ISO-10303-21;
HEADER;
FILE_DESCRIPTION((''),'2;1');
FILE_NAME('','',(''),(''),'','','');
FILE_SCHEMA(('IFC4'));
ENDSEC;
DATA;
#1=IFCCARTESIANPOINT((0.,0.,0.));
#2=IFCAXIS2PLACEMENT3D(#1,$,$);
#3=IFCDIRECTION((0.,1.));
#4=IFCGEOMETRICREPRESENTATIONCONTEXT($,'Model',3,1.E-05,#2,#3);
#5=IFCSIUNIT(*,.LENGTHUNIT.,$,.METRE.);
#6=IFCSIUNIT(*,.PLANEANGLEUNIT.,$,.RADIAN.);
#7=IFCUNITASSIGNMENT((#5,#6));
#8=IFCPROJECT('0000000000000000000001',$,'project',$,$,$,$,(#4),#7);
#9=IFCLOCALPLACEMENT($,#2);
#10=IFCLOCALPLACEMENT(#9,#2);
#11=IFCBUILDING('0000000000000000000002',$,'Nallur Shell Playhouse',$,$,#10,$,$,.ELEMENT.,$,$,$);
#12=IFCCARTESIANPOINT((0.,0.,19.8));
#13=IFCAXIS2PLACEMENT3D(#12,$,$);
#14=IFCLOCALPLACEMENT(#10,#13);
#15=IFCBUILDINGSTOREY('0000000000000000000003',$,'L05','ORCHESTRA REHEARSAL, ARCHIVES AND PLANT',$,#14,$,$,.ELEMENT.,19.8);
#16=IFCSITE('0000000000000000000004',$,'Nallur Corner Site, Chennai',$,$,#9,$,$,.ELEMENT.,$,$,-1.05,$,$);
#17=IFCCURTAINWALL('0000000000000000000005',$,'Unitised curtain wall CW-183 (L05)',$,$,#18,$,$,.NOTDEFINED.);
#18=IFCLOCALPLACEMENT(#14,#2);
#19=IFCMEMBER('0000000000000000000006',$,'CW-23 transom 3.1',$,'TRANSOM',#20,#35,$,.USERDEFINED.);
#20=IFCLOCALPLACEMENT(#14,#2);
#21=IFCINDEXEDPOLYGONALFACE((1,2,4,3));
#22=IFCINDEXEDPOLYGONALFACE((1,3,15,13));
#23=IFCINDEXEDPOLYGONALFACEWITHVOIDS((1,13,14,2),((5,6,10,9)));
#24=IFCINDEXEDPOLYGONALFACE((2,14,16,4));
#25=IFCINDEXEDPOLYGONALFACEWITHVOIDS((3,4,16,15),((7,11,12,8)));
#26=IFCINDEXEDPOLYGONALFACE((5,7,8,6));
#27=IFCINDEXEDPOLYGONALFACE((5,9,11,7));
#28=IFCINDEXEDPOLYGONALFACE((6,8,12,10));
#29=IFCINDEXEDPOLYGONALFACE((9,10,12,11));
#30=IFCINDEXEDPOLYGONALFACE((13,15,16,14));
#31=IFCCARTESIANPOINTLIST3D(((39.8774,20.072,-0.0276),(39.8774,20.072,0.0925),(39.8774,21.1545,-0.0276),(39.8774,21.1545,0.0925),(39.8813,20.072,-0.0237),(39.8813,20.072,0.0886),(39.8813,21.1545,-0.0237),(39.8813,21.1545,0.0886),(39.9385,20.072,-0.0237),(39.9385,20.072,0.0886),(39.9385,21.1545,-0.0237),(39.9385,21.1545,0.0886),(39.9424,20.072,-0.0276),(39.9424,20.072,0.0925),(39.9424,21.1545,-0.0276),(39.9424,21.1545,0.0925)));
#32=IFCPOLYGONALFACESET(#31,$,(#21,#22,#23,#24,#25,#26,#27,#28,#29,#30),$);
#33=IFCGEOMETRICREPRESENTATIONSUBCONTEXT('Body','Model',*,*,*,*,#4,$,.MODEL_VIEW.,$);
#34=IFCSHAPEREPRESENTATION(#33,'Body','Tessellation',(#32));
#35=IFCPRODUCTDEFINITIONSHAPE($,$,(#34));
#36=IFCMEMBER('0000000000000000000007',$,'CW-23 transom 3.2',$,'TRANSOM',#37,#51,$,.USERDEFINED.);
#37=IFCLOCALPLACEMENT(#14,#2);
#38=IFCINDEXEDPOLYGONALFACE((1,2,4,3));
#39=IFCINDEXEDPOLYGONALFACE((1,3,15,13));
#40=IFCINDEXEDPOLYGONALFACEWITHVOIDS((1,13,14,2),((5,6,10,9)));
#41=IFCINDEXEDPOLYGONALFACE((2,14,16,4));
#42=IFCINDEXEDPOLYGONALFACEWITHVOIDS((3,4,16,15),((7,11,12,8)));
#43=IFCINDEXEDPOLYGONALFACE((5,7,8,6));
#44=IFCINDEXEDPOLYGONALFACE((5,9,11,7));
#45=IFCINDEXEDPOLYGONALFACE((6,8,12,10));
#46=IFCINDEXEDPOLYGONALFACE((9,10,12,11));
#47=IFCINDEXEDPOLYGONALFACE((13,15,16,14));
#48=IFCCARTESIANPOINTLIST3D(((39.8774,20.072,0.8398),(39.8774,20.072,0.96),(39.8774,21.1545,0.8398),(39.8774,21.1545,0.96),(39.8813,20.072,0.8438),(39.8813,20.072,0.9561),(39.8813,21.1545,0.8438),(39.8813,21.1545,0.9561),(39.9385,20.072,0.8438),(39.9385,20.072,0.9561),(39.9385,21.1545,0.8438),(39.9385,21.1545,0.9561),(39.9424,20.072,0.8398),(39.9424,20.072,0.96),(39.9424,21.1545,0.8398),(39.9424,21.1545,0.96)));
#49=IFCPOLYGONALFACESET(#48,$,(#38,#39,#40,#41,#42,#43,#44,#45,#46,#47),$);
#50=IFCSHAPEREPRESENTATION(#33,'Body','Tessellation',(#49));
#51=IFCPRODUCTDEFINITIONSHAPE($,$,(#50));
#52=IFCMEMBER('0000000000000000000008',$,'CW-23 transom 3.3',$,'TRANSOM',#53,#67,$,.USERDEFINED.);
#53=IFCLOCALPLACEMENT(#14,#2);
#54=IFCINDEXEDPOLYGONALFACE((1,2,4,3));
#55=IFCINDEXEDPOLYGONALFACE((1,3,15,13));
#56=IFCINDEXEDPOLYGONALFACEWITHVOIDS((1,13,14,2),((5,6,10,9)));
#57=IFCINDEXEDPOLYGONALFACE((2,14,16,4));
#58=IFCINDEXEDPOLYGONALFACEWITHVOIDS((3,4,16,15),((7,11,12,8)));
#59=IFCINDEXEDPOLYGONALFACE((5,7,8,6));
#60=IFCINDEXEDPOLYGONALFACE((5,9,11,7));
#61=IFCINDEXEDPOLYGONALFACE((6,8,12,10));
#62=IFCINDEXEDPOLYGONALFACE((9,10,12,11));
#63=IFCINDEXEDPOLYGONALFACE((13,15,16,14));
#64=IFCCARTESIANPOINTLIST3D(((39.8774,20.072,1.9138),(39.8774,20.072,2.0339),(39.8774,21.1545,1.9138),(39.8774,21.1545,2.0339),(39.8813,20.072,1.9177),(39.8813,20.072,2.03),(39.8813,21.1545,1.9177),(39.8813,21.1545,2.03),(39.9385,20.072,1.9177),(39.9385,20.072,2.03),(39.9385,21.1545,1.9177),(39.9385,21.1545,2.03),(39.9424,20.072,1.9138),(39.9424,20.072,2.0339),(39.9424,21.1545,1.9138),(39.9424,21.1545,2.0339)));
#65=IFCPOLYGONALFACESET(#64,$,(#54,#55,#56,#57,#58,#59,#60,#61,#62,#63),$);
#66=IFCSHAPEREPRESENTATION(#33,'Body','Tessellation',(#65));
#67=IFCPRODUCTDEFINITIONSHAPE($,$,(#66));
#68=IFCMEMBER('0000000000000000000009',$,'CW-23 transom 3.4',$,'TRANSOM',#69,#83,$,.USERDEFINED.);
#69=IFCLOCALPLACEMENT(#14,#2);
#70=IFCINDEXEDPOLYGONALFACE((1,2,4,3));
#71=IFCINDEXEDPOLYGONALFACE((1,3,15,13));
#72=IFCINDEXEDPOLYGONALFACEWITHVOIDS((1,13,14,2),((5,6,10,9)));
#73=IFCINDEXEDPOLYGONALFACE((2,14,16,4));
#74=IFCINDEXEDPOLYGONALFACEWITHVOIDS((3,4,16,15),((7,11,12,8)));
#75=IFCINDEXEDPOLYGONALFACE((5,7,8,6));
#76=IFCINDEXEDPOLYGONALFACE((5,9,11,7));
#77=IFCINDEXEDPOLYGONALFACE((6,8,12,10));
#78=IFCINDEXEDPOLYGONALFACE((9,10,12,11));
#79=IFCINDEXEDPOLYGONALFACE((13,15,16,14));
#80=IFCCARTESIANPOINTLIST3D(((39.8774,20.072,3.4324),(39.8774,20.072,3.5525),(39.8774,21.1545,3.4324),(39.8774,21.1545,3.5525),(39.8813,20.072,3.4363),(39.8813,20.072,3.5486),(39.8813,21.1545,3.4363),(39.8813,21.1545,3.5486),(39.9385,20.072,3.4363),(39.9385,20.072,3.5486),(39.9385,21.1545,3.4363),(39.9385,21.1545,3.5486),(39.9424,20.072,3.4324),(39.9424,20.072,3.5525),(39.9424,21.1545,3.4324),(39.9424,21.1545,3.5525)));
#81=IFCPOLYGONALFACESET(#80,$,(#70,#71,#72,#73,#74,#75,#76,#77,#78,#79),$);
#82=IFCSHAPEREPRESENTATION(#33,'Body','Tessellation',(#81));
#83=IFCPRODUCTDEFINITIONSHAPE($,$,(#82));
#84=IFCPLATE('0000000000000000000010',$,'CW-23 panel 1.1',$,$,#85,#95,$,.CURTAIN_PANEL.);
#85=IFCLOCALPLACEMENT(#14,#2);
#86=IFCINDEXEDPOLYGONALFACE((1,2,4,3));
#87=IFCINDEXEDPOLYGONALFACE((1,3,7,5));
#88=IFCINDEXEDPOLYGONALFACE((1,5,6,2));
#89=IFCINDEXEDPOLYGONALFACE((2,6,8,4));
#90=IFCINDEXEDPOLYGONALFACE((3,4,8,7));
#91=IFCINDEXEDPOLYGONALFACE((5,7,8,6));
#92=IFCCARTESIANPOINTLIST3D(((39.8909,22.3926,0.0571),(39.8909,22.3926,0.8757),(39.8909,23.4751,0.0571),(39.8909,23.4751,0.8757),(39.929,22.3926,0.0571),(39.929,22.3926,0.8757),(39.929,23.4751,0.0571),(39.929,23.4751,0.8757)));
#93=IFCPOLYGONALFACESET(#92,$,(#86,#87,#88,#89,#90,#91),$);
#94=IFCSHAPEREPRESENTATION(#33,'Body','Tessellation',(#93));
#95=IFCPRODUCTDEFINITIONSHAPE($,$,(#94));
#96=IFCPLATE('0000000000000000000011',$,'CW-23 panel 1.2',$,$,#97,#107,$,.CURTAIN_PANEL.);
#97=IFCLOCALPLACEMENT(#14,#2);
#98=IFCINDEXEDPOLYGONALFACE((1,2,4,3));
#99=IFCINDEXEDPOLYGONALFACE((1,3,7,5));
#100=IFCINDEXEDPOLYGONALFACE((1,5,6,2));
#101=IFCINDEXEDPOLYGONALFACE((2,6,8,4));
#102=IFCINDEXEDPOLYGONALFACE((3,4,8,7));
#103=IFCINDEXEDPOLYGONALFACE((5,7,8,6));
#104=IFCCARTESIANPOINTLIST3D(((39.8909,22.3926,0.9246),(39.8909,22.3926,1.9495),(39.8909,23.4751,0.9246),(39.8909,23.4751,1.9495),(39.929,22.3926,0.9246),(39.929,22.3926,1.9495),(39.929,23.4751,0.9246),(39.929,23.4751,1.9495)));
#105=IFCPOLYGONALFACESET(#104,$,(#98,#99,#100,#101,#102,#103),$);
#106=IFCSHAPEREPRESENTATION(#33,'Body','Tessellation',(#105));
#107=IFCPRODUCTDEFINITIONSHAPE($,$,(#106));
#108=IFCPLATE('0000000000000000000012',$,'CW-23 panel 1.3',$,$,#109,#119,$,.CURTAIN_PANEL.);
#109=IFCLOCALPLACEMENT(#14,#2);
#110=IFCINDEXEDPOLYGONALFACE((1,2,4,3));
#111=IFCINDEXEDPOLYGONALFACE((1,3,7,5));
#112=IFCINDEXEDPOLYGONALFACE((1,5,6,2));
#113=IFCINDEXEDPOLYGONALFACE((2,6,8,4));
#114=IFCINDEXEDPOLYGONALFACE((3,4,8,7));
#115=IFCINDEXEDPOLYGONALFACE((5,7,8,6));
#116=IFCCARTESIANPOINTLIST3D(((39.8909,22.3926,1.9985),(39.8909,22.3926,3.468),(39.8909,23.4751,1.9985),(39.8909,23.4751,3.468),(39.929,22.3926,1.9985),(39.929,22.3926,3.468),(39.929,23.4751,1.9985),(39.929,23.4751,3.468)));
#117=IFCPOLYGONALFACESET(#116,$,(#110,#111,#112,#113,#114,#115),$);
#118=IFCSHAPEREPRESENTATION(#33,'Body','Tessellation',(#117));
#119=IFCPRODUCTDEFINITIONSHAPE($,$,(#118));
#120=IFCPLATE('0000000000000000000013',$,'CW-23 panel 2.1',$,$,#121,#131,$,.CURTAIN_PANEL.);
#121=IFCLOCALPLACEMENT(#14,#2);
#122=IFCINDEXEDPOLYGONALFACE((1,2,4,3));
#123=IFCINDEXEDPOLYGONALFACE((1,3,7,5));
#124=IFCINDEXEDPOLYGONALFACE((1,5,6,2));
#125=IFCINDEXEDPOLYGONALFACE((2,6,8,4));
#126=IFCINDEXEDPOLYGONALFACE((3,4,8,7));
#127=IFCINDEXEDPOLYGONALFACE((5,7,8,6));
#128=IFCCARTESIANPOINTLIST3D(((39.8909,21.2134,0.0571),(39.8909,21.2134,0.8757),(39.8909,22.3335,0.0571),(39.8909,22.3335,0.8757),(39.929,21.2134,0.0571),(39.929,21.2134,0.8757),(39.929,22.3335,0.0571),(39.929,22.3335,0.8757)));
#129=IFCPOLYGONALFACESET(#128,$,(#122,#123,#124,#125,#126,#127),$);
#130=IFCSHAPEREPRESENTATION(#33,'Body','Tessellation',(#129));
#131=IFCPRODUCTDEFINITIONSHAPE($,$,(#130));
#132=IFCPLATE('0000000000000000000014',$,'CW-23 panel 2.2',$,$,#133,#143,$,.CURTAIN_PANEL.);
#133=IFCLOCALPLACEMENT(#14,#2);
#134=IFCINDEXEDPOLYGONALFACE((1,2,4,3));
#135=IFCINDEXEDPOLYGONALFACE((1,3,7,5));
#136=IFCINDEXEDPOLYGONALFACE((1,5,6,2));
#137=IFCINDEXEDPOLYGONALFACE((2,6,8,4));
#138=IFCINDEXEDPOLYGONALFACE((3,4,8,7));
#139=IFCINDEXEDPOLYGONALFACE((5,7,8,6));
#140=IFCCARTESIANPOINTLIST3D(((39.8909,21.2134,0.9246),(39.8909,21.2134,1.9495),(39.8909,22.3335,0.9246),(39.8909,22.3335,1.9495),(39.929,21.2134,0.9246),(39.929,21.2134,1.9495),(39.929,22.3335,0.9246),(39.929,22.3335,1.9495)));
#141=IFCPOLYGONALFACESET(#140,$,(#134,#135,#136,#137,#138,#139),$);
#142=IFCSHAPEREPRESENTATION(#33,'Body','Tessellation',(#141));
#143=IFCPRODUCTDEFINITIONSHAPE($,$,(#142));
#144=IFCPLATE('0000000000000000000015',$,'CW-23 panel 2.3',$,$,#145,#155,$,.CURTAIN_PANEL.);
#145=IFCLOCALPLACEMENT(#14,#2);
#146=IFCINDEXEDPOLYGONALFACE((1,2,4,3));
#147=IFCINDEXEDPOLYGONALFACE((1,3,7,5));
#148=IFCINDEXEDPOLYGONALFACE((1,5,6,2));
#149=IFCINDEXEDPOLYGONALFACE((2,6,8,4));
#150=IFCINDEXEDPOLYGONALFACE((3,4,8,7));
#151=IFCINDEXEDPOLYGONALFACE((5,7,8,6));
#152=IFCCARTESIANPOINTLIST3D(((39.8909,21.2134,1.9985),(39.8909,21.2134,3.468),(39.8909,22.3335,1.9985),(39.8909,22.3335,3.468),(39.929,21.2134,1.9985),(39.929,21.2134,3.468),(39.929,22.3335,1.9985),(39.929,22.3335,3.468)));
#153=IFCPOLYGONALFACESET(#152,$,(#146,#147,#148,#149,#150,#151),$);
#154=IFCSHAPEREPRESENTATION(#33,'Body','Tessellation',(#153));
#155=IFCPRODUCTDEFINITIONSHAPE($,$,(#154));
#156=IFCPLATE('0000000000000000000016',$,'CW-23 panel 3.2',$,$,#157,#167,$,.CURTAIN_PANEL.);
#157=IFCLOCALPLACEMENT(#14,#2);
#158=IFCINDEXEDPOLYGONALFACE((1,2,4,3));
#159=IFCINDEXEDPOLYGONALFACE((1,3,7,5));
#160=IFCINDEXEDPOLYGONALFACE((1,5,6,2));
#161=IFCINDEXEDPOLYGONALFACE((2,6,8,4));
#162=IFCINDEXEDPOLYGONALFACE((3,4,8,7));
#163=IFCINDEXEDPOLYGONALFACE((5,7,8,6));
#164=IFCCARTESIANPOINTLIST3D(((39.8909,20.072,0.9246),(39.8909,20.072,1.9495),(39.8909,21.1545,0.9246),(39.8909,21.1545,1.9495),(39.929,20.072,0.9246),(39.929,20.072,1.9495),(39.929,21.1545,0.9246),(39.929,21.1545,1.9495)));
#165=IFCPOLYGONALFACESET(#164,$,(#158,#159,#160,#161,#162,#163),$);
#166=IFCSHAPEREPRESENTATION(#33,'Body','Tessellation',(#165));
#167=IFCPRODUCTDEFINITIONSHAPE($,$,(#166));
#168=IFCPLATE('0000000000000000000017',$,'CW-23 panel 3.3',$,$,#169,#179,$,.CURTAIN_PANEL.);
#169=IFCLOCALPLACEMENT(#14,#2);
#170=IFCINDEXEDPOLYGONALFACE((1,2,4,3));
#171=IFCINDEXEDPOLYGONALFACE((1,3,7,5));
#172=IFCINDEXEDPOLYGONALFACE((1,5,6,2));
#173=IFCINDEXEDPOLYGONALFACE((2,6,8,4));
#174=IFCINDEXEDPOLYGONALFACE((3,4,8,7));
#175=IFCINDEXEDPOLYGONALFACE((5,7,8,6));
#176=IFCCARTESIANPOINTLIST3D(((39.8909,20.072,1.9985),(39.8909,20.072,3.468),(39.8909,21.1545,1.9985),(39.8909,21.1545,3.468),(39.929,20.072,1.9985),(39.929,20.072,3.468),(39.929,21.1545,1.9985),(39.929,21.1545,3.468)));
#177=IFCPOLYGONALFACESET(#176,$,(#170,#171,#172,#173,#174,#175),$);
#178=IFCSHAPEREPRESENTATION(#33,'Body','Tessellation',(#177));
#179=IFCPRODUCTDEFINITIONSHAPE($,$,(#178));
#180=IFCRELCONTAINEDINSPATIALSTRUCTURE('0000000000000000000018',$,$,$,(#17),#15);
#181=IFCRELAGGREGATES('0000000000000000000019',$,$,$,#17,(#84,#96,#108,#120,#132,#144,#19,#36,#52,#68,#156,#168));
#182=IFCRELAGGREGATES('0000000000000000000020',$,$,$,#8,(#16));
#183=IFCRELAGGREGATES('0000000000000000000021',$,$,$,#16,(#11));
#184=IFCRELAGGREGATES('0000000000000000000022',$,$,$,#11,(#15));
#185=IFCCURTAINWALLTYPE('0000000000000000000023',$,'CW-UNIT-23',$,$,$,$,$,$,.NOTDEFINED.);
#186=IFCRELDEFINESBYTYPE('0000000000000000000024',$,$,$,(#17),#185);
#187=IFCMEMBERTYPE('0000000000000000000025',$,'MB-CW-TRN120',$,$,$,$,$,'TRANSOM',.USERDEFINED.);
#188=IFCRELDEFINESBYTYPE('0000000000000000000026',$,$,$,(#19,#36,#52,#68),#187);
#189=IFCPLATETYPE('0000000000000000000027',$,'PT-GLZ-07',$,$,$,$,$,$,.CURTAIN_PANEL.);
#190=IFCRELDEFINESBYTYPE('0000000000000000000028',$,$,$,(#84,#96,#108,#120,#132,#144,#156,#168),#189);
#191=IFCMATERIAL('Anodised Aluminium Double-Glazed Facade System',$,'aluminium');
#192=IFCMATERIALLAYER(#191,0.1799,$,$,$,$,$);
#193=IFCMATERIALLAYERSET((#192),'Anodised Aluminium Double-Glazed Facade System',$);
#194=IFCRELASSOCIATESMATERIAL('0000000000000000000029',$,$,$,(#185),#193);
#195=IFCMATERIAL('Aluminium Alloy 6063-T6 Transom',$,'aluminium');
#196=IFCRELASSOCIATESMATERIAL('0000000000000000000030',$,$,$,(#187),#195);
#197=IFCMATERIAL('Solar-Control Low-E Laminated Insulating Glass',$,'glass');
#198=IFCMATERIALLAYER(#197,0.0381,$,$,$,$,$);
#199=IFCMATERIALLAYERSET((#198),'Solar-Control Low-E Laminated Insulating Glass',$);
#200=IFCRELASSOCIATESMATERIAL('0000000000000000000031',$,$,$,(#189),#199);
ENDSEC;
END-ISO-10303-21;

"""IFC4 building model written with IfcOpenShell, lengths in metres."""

from ifc_helpers import new_model, si_unit, direction, frame, origin, origin_2d, place, context, subcontext, project, spatial, rectangle, hollow_rectangle, extrude, material, layer, layer_set, material_profile, profile_set, type_object, element, aggregate, save


model = new_model("IFC4")

# Units and contexts
model_context = context("Model", 3, precision=1e-05, world=origin(), true_north=direction((0.0, 1.0)))
body_context = subcontext(model_context, "Body", "Model", "MODEL_VIEW")
ifc_project = project(units=[si_unit("LENGTHUNIT", "METRE"), si_unit("PLANEANGLEUNIT", "RADIAN")], contexts=[model_context])

# Site, building, storey
site_placement = place(None, origin())
site = spatial("IfcSite", under=ifc_project, at=site_placement, Name="Nallur Corner Site, Chennai", CompositionType="ELEMENT", RefElevation=-1.05)
building_placement = place(site_placement, origin())
building = spatial("IfcBuilding", under=site, at=building_placement, Name="Nallur Shell Playhouse", CompositionType="ELEMENT")
storey_placement = place(building_placement, frame((0.0, 0.0, 19.8)))
storey = spatial("IfcBuildingStorey", under=building, at=storey_placement, Name="L05", Description="ORCHESTRA REHEARSAL, ARCHIVES AND PLANT", CompositionType="ELEMENT", Elevation=19.8)

# Curtain wall, members, plates
ifc_material_1 = material(Name="Anodised Aluminium Double-Glazed Facade System", Category="aluminium")
ifc_layer_1 = layer(ifc_material_1, 0.1799)
ifc_layer_set_1 = layer_set([ifc_layer_1], Name="Anodised Aluminium Double-Glazed Facade System")
curtain_wall_type = type_object("IfcCurtainWallType", Name="CW-UNIT-23", PredefinedType="NOTDEFINED", material=ifc_layer_set_1)
curtain_wall_placement = place(storey_placement, origin())
curtain_wall = element("IfcCurtainWall", 1, at=curtain_wall_placement, inside=storey, type_object=curtain_wall_type, Name="Unitised curtain wall CW-183 (L05)", PredefinedType="NOTDEFINED")
ifc_material_2 = material(Name="Aluminium Alloy 6063-T6 Transom", Category="aluminium")
ifc_material_profile_1 = material_profile(ifc_material_2, hollow_rectangle(XDim=0.0649, YDim=0.1201, WallThickness=0.0039, at=origin_2d()), Name="ALU 65x120x4")
ifc_profile_set_1 = profile_set([ifc_material_profile_1], Name="Aluminium Alloy 6063-T6 Transom")
member_type_1 = type_object("IfcMemberType", Name="MB-CW-TRN120", ElementType="TRANSOM", PredefinedType="USERDEFINED", material=ifc_profile_set_1)
member_1_placement = place(storey_placement, frame((39.9099, 21.1545, 0.0325), z_axis=(0.0, -1.0, 0.0), x_axis=(1.0, 0.0, 0.0)))
member_1 = element("IfcMember", 2, at=member_1_placement, type_object=member_type_1, Name="CW-23 transom 3.1", ObjectType="TRANSOM", PredefinedType="USERDEFINED", context=body_context, shape_type="SweptSolid", body=[
    extrude(hollow_rectangle(XDim=0.0649, YDim=0.1201, WallThickness=0.0039, at=origin_2d()), origin(), (0.0, 0.0, 1.0), 1.0825),
])
member_2_placement = place(storey_placement, frame((39.9099, 21.1545, 0.8999), z_axis=(0.0, -1.0, 0.0), x_axis=(1.0, 0.0, 0.0)))
member_2 = element("IfcMember", 3, at=member_2_placement, type_object=member_type_1, Name="CW-23 transom 3.2", ObjectType="TRANSOM", PredefinedType="USERDEFINED", context=body_context, shape_type="SweptSolid", body=[
    extrude(hollow_rectangle(XDim=0.0649, YDim=0.1201, WallThickness=0.0039, at=origin_2d()), origin(), (0.0, 0.0, 1.0), 1.0825),
])
member_3_placement = place(storey_placement, frame((39.9099, 21.1545, 1.9739), z_axis=(0.0, -1.0, 0.0), x_axis=(1.0, 0.0, 0.0)))
member_3 = element("IfcMember", 4, at=member_3_placement, type_object=member_type_1, Name="CW-23 transom 3.3", ObjectType="TRANSOM", PredefinedType="USERDEFINED", context=body_context, shape_type="SweptSolid", body=[
    extrude(hollow_rectangle(XDim=0.0649, YDim=0.1201, WallThickness=0.0039, at=origin_2d()), origin(), (0.0, 0.0, 1.0), 1.0825),
])
member_4_placement = place(storey_placement, frame((39.9099, 21.1545, 3.4924), z_axis=(0.0, -1.0, 0.0), x_axis=(1.0, 0.0, 0.0)))
member_4 = element("IfcMember", 5, at=member_4_placement, type_object=member_type_1, Name="CW-23 transom 3.4", ObjectType="TRANSOM", PredefinedType="USERDEFINED", context=body_context, shape_type="SweptSolid", body=[
    extrude(hollow_rectangle(XDim=0.0649, YDim=0.1201, WallThickness=0.0039, at=origin_2d()), origin(), (0.0, 0.0, 1.0), 1.0825),
])
ifc_material_3 = material(Name="Solar-Control Low-E Laminated Insulating Glass", Category="glass")
ifc_layer_2 = layer(ifc_material_3, 0.0381)
ifc_layer_set_2 = layer_set([ifc_layer_2], Name="Solar-Control Low-E Laminated Insulating Glass")
plate_type = type_object("IfcPlateType", Name="PT-GLZ-07", PredefinedType="CURTAIN_PANEL", material=ifc_layer_set_2)
plate_1_placement = place(storey_placement, frame((39.9099, 22.9338, 0.0571), z_axis=(0.0, 0.0, 1.0), x_axis=(0.0, -1.0, 0.0)))
plate_1 = element("IfcPlate", 6, at=plate_1_placement, type_object=plate_type, Name="CW-23 panel 1.1", PredefinedType="CURTAIN_PANEL", context=body_context, shape_type="SweptSolid", body=[
    extrude(rectangle(XDim=1.0825, YDim=0.0381, at=origin_2d()), origin(), (0.0, 0.0, 1.0), 0.8186),
])
plate_2_placement = place(storey_placement, frame((39.9099, 22.9338, 0.9246), z_axis=(0.0, 0.0, 1.0), x_axis=(0.0, -1.0, 0.0)))
plate_2 = element("IfcPlate", 7, at=plate_2_placement, type_object=plate_type, Name="CW-23 panel 1.2", PredefinedType="CURTAIN_PANEL", context=body_context, shape_type="SweptSolid", body=[
    extrude(rectangle(XDim=1.0825, YDim=0.0381, at=origin_2d()), origin(), (0.0, 0.0, 1.0), 1.0249),
])
plate_3_placement = place(storey_placement, frame((39.9099, 22.9338, 1.9985), z_axis=(0.0, 0.0, 1.0), x_axis=(0.0, -1.0, 0.0)))
plate_3 = element("IfcPlate", 8, at=plate_3_placement, type_object=plate_type, Name="CW-23 panel 1.3", PredefinedType="CURTAIN_PANEL", context=body_context, shape_type="SweptSolid", body=[
    extrude(rectangle(XDim=1.0825, YDim=0.0381, at=origin_2d()), origin(), (0.0, 0.0, 1.0), 1.4695),
])
plate_4_placement = place(storey_placement, frame((39.9099, 21.7734, 0.0571), z_axis=(0.0, 0.0, 1.0), x_axis=(0.0, -1.0, 0.0)))
plate_4 = element("IfcPlate", 9, at=plate_4_placement, type_object=plate_type, Name="CW-23 panel 2.1", PredefinedType="CURTAIN_PANEL", context=body_context, shape_type="SweptSolid", body=[
    extrude(rectangle(XDim=1.1201, YDim=0.0381, at=origin_2d()), origin(), (0.0, 0.0, 1.0), 0.8186),
])
plate_5_placement = place(storey_placement, frame((39.9099, 21.7734, 0.9246), z_axis=(0.0, 0.0, 1.0), x_axis=(0.0, -1.0, 0.0)))
plate_5 = element("IfcPlate", 10, at=plate_5_placement, type_object=plate_type, Name="CW-23 panel 2.2", PredefinedType="CURTAIN_PANEL", context=body_context, shape_type="SweptSolid", body=[
    extrude(rectangle(XDim=1.1201, YDim=0.0381, at=origin_2d()), origin(), (0.0, 0.0, 1.0), 1.0249),
])
plate_6_placement = place(storey_placement, frame((39.9099, 21.7734, 1.9985), z_axis=(0.0, 0.0, 1.0), x_axis=(0.0, -1.0, 0.0)))
plate_6 = element("IfcPlate", 11, at=plate_6_placement, type_object=plate_type, Name="CW-23 panel 2.3", PredefinedType="CURTAIN_PANEL", context=body_context, shape_type="SweptSolid", body=[
    extrude(rectangle(XDim=1.1201, YDim=0.0381, at=origin_2d()), origin(), (0.0, 0.0, 1.0), 1.4695),
])
plate_7_placement = place(storey_placement, frame((39.9099, 20.6133, 0.9246), z_axis=(0.0, 0.0, 1.0), x_axis=(0.0, -1.0, 0.0)))
plate_7 = element("IfcPlate", 12, at=plate_7_placement, type_object=plate_type, Name="CW-23 panel 3.2", PredefinedType="CURTAIN_PANEL", context=body_context, shape_type="SweptSolid", body=[
    extrude(rectangle(XDim=1.0825, YDim=0.0381, at=origin_2d()), origin(), (0.0, 0.0, 1.0), 1.0249),
])
plate_8_placement = place(storey_placement, frame((39.9099, 20.6133, 1.9985), z_axis=(0.0, 0.0, 1.0), x_axis=(0.0, -1.0, 0.0)))
plate_8 = element("IfcPlate", 13, at=plate_8_placement, type_object=plate_type, Name="CW-23 panel 3.3", PredefinedType="CURTAIN_PANEL", context=body_context, shape_type="SweptSolid", body=[
    extrude(rectangle(XDim=1.0825, YDim=0.0381, at=origin_2d()), origin(), (0.0, 0.0, 1.0), 1.4695),
])
aggregate(curtain_wall, [plate_1, plate_2, plate_3, plate_4, plate_5, plate_6, member_1, member_2, member_3, member_4, plate_7, plate_8])

save(model, "model.ifc")
